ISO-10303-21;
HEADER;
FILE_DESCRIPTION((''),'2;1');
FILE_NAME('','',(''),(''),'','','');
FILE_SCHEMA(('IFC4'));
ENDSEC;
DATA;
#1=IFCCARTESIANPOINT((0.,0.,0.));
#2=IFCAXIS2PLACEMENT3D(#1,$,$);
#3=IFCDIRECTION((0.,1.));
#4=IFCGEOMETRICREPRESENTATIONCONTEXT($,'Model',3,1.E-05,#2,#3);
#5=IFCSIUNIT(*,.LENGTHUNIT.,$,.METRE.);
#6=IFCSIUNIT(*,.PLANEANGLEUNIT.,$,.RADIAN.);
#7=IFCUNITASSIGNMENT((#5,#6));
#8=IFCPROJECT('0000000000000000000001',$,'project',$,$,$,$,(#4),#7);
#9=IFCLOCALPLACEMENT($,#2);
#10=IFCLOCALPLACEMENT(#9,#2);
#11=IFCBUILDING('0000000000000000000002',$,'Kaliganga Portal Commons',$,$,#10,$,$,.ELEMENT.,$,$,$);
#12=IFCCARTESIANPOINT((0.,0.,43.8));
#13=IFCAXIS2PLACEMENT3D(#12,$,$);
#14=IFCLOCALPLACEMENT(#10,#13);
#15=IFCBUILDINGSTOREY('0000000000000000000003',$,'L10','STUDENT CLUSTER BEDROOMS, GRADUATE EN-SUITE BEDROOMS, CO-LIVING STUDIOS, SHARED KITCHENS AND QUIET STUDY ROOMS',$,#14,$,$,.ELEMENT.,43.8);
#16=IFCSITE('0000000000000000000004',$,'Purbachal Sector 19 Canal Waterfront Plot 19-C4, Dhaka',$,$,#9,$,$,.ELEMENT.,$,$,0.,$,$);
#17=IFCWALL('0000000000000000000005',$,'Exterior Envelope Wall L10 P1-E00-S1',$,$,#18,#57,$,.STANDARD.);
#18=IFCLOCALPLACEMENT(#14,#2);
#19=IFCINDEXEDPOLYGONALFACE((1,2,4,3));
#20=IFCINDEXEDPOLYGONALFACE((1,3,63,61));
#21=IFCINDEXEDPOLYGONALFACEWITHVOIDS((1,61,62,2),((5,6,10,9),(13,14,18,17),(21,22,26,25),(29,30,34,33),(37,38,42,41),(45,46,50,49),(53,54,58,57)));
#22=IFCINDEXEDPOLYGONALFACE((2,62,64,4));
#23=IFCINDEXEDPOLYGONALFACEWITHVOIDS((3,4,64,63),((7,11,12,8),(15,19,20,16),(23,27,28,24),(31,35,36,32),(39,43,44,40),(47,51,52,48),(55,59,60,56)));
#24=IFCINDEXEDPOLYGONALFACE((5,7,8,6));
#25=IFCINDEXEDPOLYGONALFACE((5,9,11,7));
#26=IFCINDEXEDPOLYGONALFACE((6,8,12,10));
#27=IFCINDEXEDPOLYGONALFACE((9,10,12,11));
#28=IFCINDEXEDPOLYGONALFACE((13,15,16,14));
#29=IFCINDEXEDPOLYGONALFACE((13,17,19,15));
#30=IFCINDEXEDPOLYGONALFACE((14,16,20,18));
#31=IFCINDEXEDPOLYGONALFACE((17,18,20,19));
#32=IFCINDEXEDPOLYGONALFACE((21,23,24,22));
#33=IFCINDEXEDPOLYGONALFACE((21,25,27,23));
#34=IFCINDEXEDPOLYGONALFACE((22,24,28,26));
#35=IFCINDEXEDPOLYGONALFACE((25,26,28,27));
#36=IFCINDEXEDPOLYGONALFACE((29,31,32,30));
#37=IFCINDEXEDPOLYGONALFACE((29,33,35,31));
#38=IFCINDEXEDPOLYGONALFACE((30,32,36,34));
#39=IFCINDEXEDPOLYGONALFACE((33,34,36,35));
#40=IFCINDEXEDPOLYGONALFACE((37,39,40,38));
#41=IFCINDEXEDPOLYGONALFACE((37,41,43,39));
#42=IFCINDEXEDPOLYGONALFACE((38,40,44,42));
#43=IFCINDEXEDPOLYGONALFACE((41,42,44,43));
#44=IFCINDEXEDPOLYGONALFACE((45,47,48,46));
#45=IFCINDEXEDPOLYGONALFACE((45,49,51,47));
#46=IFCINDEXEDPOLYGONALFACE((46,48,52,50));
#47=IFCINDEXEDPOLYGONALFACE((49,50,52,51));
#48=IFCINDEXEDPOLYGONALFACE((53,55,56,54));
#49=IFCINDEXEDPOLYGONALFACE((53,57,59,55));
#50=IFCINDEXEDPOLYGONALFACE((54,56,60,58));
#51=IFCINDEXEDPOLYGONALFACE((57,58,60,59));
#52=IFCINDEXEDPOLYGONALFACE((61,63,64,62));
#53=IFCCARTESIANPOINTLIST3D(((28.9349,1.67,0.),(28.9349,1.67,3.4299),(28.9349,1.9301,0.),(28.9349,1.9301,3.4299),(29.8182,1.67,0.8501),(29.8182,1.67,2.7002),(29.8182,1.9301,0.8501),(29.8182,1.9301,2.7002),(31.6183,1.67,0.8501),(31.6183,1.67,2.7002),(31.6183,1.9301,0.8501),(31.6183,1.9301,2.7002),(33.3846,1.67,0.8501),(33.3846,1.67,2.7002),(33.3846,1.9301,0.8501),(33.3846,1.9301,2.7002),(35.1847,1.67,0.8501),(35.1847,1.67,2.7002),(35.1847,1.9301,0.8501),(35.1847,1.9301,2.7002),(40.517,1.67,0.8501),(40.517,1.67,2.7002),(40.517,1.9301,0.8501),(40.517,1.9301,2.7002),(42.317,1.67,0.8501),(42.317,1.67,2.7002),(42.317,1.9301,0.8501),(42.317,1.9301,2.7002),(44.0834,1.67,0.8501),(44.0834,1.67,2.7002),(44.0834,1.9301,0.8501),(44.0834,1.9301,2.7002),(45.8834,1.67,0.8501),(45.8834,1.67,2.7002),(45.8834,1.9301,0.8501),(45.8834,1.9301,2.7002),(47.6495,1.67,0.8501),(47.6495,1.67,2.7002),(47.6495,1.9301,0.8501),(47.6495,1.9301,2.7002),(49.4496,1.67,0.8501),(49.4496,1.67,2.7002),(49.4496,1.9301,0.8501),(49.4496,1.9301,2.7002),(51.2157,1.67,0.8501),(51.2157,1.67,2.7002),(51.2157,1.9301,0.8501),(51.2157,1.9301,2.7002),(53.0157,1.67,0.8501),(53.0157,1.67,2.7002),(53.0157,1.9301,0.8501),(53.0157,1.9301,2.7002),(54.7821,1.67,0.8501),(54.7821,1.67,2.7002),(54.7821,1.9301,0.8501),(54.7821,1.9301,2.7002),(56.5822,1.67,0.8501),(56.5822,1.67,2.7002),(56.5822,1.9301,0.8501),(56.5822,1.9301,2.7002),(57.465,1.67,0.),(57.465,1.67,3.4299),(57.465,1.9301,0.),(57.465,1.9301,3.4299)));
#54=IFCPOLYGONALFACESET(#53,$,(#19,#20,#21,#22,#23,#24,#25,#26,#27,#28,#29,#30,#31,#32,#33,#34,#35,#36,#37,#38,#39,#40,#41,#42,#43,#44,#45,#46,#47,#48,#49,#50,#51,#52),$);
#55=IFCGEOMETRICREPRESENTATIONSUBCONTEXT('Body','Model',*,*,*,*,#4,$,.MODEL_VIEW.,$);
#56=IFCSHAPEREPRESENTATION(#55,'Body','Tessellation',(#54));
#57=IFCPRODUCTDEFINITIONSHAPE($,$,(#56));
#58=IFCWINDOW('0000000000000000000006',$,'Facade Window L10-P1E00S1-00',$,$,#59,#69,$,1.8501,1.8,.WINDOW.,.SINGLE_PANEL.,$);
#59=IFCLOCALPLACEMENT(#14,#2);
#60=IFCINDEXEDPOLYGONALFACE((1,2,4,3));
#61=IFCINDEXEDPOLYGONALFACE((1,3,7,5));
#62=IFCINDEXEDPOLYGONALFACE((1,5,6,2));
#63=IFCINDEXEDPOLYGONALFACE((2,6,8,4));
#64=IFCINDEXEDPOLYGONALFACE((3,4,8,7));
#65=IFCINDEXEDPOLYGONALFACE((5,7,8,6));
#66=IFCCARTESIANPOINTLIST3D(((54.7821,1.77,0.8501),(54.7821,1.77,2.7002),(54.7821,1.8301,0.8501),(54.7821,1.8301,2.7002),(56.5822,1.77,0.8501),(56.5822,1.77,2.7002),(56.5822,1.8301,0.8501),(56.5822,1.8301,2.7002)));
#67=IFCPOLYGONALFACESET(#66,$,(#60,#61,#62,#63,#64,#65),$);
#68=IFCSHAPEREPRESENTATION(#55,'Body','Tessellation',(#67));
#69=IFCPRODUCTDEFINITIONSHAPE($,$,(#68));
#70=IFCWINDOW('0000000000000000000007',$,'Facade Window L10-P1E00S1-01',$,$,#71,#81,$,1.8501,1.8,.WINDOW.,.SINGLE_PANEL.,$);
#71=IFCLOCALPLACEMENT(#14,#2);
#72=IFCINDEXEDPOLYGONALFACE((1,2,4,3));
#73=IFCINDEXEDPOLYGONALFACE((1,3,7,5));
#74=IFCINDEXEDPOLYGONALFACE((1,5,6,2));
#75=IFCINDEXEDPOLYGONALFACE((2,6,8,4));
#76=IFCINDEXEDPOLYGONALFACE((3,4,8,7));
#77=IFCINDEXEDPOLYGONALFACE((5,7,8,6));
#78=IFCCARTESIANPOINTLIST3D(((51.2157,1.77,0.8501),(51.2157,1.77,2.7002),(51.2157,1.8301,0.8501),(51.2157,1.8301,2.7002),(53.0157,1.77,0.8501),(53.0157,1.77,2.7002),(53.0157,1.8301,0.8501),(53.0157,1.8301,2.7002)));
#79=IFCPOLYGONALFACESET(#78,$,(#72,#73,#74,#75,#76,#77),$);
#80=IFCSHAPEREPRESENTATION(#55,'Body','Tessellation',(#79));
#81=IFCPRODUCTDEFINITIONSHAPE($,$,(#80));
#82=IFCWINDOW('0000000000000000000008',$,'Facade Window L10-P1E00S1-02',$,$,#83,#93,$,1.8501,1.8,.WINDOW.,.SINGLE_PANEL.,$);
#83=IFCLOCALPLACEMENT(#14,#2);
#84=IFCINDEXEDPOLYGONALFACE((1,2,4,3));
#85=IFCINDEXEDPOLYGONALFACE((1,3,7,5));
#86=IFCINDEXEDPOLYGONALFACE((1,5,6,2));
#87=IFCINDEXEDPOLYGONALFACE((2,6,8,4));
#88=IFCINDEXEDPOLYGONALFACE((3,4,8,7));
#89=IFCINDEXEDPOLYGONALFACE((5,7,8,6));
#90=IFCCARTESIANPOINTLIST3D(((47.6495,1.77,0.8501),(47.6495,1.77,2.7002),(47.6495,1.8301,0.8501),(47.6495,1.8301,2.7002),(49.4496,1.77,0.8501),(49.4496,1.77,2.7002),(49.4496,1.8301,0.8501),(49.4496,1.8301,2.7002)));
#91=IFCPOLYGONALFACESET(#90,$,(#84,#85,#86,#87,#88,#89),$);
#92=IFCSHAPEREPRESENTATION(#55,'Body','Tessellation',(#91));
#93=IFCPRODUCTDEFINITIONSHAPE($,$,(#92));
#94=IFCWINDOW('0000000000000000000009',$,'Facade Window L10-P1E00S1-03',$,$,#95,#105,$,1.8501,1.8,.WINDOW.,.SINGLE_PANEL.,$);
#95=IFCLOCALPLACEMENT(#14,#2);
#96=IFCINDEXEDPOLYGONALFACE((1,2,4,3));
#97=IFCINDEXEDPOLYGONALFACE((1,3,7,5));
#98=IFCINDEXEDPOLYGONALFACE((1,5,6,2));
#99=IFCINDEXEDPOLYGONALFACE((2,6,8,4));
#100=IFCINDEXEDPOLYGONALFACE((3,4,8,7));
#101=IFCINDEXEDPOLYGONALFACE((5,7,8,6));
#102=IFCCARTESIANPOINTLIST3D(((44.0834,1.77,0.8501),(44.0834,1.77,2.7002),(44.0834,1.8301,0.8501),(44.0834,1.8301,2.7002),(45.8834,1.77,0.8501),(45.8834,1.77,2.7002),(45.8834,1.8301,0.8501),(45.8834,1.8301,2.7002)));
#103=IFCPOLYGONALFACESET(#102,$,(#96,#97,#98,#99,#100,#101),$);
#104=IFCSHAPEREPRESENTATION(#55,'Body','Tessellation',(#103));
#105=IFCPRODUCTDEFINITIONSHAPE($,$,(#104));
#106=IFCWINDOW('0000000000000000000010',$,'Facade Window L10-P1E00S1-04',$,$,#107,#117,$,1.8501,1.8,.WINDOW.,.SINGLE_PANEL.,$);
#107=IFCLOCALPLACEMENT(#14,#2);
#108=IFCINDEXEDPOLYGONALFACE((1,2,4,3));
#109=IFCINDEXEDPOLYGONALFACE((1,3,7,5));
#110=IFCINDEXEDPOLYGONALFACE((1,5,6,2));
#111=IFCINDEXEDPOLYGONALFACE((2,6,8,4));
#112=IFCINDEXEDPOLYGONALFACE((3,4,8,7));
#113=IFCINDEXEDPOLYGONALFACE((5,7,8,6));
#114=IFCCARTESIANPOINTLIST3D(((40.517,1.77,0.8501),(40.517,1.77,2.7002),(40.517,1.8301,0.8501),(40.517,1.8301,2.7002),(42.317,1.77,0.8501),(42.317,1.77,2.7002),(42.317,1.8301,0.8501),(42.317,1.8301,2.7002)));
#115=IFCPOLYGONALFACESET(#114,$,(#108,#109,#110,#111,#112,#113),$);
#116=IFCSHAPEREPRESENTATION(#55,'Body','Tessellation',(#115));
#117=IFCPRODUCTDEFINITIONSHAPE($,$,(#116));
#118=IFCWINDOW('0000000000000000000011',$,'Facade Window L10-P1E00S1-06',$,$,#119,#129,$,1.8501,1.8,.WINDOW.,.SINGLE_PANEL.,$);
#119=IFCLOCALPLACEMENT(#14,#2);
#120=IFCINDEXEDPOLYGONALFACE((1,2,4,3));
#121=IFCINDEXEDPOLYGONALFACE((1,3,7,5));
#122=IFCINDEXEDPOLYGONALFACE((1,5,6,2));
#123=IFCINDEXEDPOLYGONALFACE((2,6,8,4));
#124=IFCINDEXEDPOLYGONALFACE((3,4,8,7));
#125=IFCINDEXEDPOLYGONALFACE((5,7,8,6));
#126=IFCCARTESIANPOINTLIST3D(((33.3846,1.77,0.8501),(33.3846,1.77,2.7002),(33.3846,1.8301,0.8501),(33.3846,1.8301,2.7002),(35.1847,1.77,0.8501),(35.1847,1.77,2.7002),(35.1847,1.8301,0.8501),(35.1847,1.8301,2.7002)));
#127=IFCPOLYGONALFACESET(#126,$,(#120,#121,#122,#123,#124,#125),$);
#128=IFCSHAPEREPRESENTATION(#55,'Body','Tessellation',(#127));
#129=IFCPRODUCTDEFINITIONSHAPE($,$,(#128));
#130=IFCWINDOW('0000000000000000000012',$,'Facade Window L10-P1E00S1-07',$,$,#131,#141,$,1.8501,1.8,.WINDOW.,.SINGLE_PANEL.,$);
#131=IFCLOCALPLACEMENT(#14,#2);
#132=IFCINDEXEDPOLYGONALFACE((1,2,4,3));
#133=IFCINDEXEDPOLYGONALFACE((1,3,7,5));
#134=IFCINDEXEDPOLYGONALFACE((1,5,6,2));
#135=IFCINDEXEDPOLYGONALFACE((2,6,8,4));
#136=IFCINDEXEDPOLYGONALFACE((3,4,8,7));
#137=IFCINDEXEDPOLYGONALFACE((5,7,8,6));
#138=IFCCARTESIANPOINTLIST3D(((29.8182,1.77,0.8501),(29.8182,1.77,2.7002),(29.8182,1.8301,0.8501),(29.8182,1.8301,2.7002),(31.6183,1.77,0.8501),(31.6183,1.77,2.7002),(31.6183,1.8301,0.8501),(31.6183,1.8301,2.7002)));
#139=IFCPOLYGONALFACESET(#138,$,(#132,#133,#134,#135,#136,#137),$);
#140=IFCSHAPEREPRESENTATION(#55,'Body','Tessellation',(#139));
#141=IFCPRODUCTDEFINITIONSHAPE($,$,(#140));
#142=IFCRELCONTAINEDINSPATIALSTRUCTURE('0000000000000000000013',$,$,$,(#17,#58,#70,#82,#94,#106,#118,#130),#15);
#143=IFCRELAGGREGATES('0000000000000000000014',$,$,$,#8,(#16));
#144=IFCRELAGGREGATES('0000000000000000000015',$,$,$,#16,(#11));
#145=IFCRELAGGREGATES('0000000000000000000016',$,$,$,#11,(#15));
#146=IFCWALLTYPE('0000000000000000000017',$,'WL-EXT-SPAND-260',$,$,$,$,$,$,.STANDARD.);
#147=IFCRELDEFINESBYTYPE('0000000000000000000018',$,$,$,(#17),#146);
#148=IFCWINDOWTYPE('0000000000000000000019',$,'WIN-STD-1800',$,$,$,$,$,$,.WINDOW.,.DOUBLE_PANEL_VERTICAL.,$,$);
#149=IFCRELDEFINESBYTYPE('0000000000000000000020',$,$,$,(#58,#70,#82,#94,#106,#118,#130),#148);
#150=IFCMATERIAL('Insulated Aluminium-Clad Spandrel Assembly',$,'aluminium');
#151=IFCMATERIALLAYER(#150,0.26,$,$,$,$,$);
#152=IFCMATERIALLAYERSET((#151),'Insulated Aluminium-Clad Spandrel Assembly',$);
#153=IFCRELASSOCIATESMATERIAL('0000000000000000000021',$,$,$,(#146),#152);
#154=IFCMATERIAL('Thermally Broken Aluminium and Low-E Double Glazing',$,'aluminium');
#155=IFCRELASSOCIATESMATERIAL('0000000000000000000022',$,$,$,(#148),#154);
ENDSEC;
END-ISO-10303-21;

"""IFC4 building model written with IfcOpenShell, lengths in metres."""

from ifc_helpers import new_model, si_unit, direction, frame, frame_2d, origin, place, context, subcontext, project, spatial, rectangle, extrude, material, layer, layer_set, type_object, element, fill, save


model = new_model("IFC4")

# Units and contexts
model_context = context("Model", 3, precision=1e-05, world=origin(), true_north=direction((0.0, 1.0)))
body_context = subcontext(model_context, "Body", "Model", "MODEL_VIEW")
ifc_project = project(units=[si_unit("LENGTHUNIT", "METRE"), si_unit("PLANEANGLEUNIT", "RADIAN")], contexts=[model_context])

# Site, building, storey
site_placement = place(None, origin())
site = spatial("IfcSite", under=ifc_project, at=site_placement, Name="Purbachal Sector 19 Canal Waterfront Plot 19-C4, Dhaka", CompositionType="ELEMENT", RefElevation=0.0)
building_placement = place(site_placement, origin())
building = spatial("IfcBuilding", under=site, at=building_placement, Name="Kaliganga Portal Commons", CompositionType="ELEMENT")
storey_placement = place(building_placement, frame((0.0, 0.0, 43.8)))
storey = spatial("IfcBuildingStorey", under=building, at=storey_placement, Name="L10", Description="STUDENT CLUSTER BEDROOMS, GRADUATE EN-SUITE BEDROOMS, CO-LIVING STUDIOS, SHARED KITCHENS AND QUIET STUDY ROOMS", CompositionType="ELEMENT", Elevation=43.8)

# Wall, openings, windows
ifc_material_1 = material(Name="Insulated Aluminium-Clad Spandrel Assembly", Category="aluminium")
ifc_layer_1 = layer(ifc_material_1, 0.26)
ifc_layer_set_1 = layer_set([ifc_layer_1], Name="Insulated Aluminium-Clad Spandrel Assembly")
wall_type_1 = type_object("IfcWallType", Name="WL-EXT-SPAND-260", PredefinedType="STANDARD", material=ifc_layer_set_1)
wall_1_placement = place(storey_placement, frame((57.4651, 1.8, 0.0), z_axis=(0.0, 0.0, 1.0), x_axis=(-1.0, 0.0, 0.0)))
wall_1 = element("IfcWall", 1, at=wall_1_placement, inside=storey, type_object=wall_type_1, Name="Exterior Envelope Wall L10 P1-E00-S1", PredefinedType="STANDARD", context=body_context, shape_type="SweptSolid", body=[
    extrude(rectangle(XDim=28.53, YDim=0.26, at=frame_2d((14.2651, 0.0))), origin(), (0.0, 0.0, 1.0), 3.4299),
])
opening_1_placement = place(wall_1_placement, frame((0.8831, 0.0, 0.8501)))
opening_1 = element("IfcOpeningElement", 2, at=opening_1_placement, cuts=wall_1, PredefinedType="OPENING", context=body_context, shape_type="SweptSolid", body=[
    extrude(rectangle(XDim=1.8, YDim=1.8501, at=frame_2d((0.8999, 0.925))), frame((0.0, 0.1401, 0.0), z_axis=(0.0, -1.0, 0.0), x_axis=(1.0, 0.0, 0.0)), (0.0, 0.0, 1.0), 0.28),
])
opening_2_placement = place(wall_1_placement, frame((4.4495, 0.0, 0.8501)))
opening_2 = element("IfcOpeningElement", 3, at=opening_2_placement, cuts=wall_1, PredefinedType="OPENING", context=body_context, shape_type="SweptSolid", body=[
    extrude(rectangle(XDim=1.8, YDim=1.8501, at=frame_2d((0.8999, 0.925))), frame((0.0, 0.1401, 0.0), z_axis=(0.0, -1.0, 0.0), x_axis=(1.0, 0.0, 0.0)), (0.0, 0.0, 1.0), 0.28),
])
opening_3_placement = place(wall_1_placement, frame((8.0156, 0.0, 0.8501)))
opening_3 = element("IfcOpeningElement", 4, at=opening_3_placement, cuts=wall_1, PredefinedType="OPENING", context=body_context, shape_type="SweptSolid", body=[
    extrude(rectangle(XDim=1.8, YDim=1.8501, at=frame_2d((0.8999, 0.925))), frame((0.0, 0.1401, 0.0), z_axis=(0.0, -1.0, 0.0), x_axis=(1.0, 0.0, 0.0)), (0.0, 0.0, 1.0), 0.28),
])
opening_4_placement = place(wall_1_placement, frame((11.5818, 0.0, 0.8501)))
opening_4 = element("IfcOpeningElement", 5, at=opening_4_placement, cuts=wall_1, PredefinedType="OPENING", context=body_context, shape_type="SweptSolid", body=[
    extrude(rectangle(XDim=1.8, YDim=1.8501, at=frame_2d((0.8999, 0.925))), frame((0.0, 0.1401, 0.0), z_axis=(0.0, -1.0, 0.0), x_axis=(1.0, 0.0, 0.0)), (0.0, 0.0, 1.0), 0.28),
])
opening_5_placement = place(wall_1_placement, frame((15.1482, 0.0, 0.8501)))
opening_5 = element("IfcOpeningElement", 6, at=opening_5_placement, cuts=wall_1, PredefinedType="OPENING", context=body_context, shape_type="SweptSolid", body=[
    extrude(rectangle(XDim=1.8, YDim=1.8501, at=frame_2d((0.8999, 0.925))), frame((0.0, 0.1401, 0.0), z_axis=(0.0, -1.0, 0.0), x_axis=(1.0, 0.0, 0.0)), (0.0, 0.0, 1.0), 0.28),
])
opening_6_placement = place(wall_1_placement, frame((22.2805, 0.0, 0.8501)))
opening_6 = element("IfcOpeningElement", 7, at=opening_6_placement, cuts=wall_1, PredefinedType="OPENING", context=body_context, shape_type="SweptSolid", body=[
    extrude(rectangle(XDim=1.8, YDim=1.8501, at=frame_2d((0.8999, 0.925))), frame((0.0, 0.1401, 0.0), z_axis=(0.0, -1.0, 0.0), x_axis=(1.0, 0.0, 0.0)), (0.0, 0.0, 1.0), 0.28),
])
opening_7_placement = place(wall_1_placement, frame((25.8469, 0.0, 0.8501)))
opening_7 = element("IfcOpeningElement", 8, at=opening_7_placement, cuts=wall_1, PredefinedType="OPENING", context=body_context, shape_type="SweptSolid", body=[
    extrude(rectangle(XDim=1.8, YDim=1.8501, at=frame_2d((0.8999, 0.925))), frame((0.0, 0.1401, 0.0), z_axis=(0.0, -1.0, 0.0), x_axis=(1.0, 0.0, 0.0)), (0.0, 0.0, 1.0), 0.28),
])
ifc_material_2 = material(Name="Thermally Broken Aluminium and Low-E Double Glazing", Category="aluminium")
window_type = type_object("IfcWindowType", Name="WIN-STD-1800", PartitioningType="DOUBLE_PANEL_VERTICAL", PredefinedType="WINDOW", material=ifc_material_2)
window_1_placement = place(opening_1_placement, origin())
window_1 = element("IfcWindow", 9, at=window_1_placement, inside=storey, type_object=window_type, Name="Facade Window L10-P1E00S1-00", OverallHeight=1.8501, OverallWidth=1.8, PartitioningType="SINGLE_PANEL", PredefinedType="WINDOW", context=body_context, shape_type="SweptSolid", body=[
    extrude(rectangle(XDim=1.8, YDim=1.8501, at=frame_2d((0.8999, 0.925))), frame((0.0, 0.03, 0.0), z_axis=(0.0, -1.0, 0.0), x_axis=(1.0, 0.0, 0.0)), (0.0, 0.0, 1.0), 0.0601),
])
fill(opening_1, window_1)
window_2_placement = place(opening_2_placement, origin())
window_2 = element("IfcWindow", 10, at=window_2_placement, inside=storey, type_object=window_type, Name="Facade Window L10-P1E00S1-01", OverallHeight=1.8501, OverallWidth=1.8, PartitioningType="SINGLE_PANEL", PredefinedType="WINDOW", context=body_context, shape_type="SweptSolid", body=[
    extrude(rectangle(XDim=1.8, YDim=1.8501, at=frame_2d((0.8999, 0.925))), frame((0.0, 0.03, 0.0), z_axis=(0.0, -1.0, 0.0), x_axis=(1.0, 0.0, 0.0)), (0.0, 0.0, 1.0), 0.0601),
])
fill(opening_2, window_2)
window_3_placement = place(opening_3_placement, origin())
window_3 = element("IfcWindow", 11, at=window_3_placement, inside=storey, type_object=window_type, Name="Facade Window L10-P1E00S1-02", OverallHeight=1.8501, OverallWidth=1.8, PartitioningType="SINGLE_PANEL", PredefinedType="WINDOW", context=body_context, shape_type="SweptSolid", body=[
    extrude(rectangle(XDim=1.8, YDim=1.8501, at=frame_2d((0.8999, 0.925))), frame((0.0, 0.03, 0.0), z_axis=(0.0, -1.0, 0.0), x_axis=(1.0, 0.0, 0.0)), (0.0, 0.0, 1.0), 0.0601),
])
fill(opening_3, window_3)
window_4_placement = place(opening_4_placement, origin())
window_4 = element("IfcWindow", 12, at=window_4_placement, inside=storey, type_object=window_type, Name="Facade Window L10-P1E00S1-03", OverallHeight=1.8501, OverallWidth=1.8, PartitioningType="SINGLE_PANEL", PredefinedType="WINDOW", context=body_context, shape_type="SweptSolid", body=[
    extrude(rectangle(XDim=1.8, YDim=1.8501, at=frame_2d((0.8999, 0.925))), frame((0.0, 0.03, 0.0), z_axis=(0.0, -1.0, 0.0), x_axis=(1.0, 0.0, 0.0)), (0.0, 0.0, 1.0), 0.0601),
])
fill(opening_4, window_4)
window_5_placement = place(opening_5_placement, origin())
window_5 = element("IfcWindow", 13, at=window_5_placement, inside=storey, type_object=window_type, Name="Facade Window L10-P1E00S1-04", OverallHeight=1.8501, OverallWidth=1.8, PartitioningType="SINGLE_PANEL", PredefinedType="WINDOW", context=body_context, shape_type="SweptSolid", body=[
    extrude(rectangle(XDim=1.8, YDim=1.8501, at=frame_2d((0.8999, 0.925))), frame((0.0, 0.03, 0.0), z_axis=(0.0, -1.0, 0.0), x_axis=(1.0, 0.0, 0.0)), (0.0, 0.0, 1.0), 0.0601),
])
fill(opening_5, window_5)
window_6_placement = place(opening_6_placement, origin())
window_6 = element("IfcWindow", 14, at=window_6_placement, inside=storey, type_object=window_type, Name="Facade Window L10-P1E00S1-06", OverallHeight=1.8501, OverallWidth=1.8, PartitioningType="SINGLE_PANEL", PredefinedType="WINDOW", context=body_context, shape_type="SweptSolid", body=[
    extrude(rectangle(XDim=1.8, YDim=1.8501, at=frame_2d((0.8999, 0.925))), frame((0.0, 0.03, 0.0), z_axis=(0.0, -1.0, 0.0), x_axis=(1.0, 0.0, 0.0)), (0.0, 0.0, 1.0), 0.0601),
])
fill(opening_6, window_6)
window_7_placement = place(opening_7_placement, origin())
window_7 = element("IfcWindow", 15, at=window_7_placement, inside=storey, type_object=window_type, Name="Facade Window L10-P1E00S1-07", OverallHeight=1.8501, OverallWidth=1.8, PartitioningType="SINGLE_PANEL", PredefinedType="WINDOW", context=body_context, shape_type="SweptSolid", body=[
    extrude(rectangle(XDim=1.8, YDim=1.8501, at=frame_2d((0.8999, 0.925))), frame((0.0, 0.03, 0.0), z_axis=(0.0, -1.0, 0.0), x_axis=(1.0, 0.0, 0.0)), (0.0, 0.0, 1.0), 0.0601),
])
fill(opening_7, window_7)

save(model, "model.ifc")
